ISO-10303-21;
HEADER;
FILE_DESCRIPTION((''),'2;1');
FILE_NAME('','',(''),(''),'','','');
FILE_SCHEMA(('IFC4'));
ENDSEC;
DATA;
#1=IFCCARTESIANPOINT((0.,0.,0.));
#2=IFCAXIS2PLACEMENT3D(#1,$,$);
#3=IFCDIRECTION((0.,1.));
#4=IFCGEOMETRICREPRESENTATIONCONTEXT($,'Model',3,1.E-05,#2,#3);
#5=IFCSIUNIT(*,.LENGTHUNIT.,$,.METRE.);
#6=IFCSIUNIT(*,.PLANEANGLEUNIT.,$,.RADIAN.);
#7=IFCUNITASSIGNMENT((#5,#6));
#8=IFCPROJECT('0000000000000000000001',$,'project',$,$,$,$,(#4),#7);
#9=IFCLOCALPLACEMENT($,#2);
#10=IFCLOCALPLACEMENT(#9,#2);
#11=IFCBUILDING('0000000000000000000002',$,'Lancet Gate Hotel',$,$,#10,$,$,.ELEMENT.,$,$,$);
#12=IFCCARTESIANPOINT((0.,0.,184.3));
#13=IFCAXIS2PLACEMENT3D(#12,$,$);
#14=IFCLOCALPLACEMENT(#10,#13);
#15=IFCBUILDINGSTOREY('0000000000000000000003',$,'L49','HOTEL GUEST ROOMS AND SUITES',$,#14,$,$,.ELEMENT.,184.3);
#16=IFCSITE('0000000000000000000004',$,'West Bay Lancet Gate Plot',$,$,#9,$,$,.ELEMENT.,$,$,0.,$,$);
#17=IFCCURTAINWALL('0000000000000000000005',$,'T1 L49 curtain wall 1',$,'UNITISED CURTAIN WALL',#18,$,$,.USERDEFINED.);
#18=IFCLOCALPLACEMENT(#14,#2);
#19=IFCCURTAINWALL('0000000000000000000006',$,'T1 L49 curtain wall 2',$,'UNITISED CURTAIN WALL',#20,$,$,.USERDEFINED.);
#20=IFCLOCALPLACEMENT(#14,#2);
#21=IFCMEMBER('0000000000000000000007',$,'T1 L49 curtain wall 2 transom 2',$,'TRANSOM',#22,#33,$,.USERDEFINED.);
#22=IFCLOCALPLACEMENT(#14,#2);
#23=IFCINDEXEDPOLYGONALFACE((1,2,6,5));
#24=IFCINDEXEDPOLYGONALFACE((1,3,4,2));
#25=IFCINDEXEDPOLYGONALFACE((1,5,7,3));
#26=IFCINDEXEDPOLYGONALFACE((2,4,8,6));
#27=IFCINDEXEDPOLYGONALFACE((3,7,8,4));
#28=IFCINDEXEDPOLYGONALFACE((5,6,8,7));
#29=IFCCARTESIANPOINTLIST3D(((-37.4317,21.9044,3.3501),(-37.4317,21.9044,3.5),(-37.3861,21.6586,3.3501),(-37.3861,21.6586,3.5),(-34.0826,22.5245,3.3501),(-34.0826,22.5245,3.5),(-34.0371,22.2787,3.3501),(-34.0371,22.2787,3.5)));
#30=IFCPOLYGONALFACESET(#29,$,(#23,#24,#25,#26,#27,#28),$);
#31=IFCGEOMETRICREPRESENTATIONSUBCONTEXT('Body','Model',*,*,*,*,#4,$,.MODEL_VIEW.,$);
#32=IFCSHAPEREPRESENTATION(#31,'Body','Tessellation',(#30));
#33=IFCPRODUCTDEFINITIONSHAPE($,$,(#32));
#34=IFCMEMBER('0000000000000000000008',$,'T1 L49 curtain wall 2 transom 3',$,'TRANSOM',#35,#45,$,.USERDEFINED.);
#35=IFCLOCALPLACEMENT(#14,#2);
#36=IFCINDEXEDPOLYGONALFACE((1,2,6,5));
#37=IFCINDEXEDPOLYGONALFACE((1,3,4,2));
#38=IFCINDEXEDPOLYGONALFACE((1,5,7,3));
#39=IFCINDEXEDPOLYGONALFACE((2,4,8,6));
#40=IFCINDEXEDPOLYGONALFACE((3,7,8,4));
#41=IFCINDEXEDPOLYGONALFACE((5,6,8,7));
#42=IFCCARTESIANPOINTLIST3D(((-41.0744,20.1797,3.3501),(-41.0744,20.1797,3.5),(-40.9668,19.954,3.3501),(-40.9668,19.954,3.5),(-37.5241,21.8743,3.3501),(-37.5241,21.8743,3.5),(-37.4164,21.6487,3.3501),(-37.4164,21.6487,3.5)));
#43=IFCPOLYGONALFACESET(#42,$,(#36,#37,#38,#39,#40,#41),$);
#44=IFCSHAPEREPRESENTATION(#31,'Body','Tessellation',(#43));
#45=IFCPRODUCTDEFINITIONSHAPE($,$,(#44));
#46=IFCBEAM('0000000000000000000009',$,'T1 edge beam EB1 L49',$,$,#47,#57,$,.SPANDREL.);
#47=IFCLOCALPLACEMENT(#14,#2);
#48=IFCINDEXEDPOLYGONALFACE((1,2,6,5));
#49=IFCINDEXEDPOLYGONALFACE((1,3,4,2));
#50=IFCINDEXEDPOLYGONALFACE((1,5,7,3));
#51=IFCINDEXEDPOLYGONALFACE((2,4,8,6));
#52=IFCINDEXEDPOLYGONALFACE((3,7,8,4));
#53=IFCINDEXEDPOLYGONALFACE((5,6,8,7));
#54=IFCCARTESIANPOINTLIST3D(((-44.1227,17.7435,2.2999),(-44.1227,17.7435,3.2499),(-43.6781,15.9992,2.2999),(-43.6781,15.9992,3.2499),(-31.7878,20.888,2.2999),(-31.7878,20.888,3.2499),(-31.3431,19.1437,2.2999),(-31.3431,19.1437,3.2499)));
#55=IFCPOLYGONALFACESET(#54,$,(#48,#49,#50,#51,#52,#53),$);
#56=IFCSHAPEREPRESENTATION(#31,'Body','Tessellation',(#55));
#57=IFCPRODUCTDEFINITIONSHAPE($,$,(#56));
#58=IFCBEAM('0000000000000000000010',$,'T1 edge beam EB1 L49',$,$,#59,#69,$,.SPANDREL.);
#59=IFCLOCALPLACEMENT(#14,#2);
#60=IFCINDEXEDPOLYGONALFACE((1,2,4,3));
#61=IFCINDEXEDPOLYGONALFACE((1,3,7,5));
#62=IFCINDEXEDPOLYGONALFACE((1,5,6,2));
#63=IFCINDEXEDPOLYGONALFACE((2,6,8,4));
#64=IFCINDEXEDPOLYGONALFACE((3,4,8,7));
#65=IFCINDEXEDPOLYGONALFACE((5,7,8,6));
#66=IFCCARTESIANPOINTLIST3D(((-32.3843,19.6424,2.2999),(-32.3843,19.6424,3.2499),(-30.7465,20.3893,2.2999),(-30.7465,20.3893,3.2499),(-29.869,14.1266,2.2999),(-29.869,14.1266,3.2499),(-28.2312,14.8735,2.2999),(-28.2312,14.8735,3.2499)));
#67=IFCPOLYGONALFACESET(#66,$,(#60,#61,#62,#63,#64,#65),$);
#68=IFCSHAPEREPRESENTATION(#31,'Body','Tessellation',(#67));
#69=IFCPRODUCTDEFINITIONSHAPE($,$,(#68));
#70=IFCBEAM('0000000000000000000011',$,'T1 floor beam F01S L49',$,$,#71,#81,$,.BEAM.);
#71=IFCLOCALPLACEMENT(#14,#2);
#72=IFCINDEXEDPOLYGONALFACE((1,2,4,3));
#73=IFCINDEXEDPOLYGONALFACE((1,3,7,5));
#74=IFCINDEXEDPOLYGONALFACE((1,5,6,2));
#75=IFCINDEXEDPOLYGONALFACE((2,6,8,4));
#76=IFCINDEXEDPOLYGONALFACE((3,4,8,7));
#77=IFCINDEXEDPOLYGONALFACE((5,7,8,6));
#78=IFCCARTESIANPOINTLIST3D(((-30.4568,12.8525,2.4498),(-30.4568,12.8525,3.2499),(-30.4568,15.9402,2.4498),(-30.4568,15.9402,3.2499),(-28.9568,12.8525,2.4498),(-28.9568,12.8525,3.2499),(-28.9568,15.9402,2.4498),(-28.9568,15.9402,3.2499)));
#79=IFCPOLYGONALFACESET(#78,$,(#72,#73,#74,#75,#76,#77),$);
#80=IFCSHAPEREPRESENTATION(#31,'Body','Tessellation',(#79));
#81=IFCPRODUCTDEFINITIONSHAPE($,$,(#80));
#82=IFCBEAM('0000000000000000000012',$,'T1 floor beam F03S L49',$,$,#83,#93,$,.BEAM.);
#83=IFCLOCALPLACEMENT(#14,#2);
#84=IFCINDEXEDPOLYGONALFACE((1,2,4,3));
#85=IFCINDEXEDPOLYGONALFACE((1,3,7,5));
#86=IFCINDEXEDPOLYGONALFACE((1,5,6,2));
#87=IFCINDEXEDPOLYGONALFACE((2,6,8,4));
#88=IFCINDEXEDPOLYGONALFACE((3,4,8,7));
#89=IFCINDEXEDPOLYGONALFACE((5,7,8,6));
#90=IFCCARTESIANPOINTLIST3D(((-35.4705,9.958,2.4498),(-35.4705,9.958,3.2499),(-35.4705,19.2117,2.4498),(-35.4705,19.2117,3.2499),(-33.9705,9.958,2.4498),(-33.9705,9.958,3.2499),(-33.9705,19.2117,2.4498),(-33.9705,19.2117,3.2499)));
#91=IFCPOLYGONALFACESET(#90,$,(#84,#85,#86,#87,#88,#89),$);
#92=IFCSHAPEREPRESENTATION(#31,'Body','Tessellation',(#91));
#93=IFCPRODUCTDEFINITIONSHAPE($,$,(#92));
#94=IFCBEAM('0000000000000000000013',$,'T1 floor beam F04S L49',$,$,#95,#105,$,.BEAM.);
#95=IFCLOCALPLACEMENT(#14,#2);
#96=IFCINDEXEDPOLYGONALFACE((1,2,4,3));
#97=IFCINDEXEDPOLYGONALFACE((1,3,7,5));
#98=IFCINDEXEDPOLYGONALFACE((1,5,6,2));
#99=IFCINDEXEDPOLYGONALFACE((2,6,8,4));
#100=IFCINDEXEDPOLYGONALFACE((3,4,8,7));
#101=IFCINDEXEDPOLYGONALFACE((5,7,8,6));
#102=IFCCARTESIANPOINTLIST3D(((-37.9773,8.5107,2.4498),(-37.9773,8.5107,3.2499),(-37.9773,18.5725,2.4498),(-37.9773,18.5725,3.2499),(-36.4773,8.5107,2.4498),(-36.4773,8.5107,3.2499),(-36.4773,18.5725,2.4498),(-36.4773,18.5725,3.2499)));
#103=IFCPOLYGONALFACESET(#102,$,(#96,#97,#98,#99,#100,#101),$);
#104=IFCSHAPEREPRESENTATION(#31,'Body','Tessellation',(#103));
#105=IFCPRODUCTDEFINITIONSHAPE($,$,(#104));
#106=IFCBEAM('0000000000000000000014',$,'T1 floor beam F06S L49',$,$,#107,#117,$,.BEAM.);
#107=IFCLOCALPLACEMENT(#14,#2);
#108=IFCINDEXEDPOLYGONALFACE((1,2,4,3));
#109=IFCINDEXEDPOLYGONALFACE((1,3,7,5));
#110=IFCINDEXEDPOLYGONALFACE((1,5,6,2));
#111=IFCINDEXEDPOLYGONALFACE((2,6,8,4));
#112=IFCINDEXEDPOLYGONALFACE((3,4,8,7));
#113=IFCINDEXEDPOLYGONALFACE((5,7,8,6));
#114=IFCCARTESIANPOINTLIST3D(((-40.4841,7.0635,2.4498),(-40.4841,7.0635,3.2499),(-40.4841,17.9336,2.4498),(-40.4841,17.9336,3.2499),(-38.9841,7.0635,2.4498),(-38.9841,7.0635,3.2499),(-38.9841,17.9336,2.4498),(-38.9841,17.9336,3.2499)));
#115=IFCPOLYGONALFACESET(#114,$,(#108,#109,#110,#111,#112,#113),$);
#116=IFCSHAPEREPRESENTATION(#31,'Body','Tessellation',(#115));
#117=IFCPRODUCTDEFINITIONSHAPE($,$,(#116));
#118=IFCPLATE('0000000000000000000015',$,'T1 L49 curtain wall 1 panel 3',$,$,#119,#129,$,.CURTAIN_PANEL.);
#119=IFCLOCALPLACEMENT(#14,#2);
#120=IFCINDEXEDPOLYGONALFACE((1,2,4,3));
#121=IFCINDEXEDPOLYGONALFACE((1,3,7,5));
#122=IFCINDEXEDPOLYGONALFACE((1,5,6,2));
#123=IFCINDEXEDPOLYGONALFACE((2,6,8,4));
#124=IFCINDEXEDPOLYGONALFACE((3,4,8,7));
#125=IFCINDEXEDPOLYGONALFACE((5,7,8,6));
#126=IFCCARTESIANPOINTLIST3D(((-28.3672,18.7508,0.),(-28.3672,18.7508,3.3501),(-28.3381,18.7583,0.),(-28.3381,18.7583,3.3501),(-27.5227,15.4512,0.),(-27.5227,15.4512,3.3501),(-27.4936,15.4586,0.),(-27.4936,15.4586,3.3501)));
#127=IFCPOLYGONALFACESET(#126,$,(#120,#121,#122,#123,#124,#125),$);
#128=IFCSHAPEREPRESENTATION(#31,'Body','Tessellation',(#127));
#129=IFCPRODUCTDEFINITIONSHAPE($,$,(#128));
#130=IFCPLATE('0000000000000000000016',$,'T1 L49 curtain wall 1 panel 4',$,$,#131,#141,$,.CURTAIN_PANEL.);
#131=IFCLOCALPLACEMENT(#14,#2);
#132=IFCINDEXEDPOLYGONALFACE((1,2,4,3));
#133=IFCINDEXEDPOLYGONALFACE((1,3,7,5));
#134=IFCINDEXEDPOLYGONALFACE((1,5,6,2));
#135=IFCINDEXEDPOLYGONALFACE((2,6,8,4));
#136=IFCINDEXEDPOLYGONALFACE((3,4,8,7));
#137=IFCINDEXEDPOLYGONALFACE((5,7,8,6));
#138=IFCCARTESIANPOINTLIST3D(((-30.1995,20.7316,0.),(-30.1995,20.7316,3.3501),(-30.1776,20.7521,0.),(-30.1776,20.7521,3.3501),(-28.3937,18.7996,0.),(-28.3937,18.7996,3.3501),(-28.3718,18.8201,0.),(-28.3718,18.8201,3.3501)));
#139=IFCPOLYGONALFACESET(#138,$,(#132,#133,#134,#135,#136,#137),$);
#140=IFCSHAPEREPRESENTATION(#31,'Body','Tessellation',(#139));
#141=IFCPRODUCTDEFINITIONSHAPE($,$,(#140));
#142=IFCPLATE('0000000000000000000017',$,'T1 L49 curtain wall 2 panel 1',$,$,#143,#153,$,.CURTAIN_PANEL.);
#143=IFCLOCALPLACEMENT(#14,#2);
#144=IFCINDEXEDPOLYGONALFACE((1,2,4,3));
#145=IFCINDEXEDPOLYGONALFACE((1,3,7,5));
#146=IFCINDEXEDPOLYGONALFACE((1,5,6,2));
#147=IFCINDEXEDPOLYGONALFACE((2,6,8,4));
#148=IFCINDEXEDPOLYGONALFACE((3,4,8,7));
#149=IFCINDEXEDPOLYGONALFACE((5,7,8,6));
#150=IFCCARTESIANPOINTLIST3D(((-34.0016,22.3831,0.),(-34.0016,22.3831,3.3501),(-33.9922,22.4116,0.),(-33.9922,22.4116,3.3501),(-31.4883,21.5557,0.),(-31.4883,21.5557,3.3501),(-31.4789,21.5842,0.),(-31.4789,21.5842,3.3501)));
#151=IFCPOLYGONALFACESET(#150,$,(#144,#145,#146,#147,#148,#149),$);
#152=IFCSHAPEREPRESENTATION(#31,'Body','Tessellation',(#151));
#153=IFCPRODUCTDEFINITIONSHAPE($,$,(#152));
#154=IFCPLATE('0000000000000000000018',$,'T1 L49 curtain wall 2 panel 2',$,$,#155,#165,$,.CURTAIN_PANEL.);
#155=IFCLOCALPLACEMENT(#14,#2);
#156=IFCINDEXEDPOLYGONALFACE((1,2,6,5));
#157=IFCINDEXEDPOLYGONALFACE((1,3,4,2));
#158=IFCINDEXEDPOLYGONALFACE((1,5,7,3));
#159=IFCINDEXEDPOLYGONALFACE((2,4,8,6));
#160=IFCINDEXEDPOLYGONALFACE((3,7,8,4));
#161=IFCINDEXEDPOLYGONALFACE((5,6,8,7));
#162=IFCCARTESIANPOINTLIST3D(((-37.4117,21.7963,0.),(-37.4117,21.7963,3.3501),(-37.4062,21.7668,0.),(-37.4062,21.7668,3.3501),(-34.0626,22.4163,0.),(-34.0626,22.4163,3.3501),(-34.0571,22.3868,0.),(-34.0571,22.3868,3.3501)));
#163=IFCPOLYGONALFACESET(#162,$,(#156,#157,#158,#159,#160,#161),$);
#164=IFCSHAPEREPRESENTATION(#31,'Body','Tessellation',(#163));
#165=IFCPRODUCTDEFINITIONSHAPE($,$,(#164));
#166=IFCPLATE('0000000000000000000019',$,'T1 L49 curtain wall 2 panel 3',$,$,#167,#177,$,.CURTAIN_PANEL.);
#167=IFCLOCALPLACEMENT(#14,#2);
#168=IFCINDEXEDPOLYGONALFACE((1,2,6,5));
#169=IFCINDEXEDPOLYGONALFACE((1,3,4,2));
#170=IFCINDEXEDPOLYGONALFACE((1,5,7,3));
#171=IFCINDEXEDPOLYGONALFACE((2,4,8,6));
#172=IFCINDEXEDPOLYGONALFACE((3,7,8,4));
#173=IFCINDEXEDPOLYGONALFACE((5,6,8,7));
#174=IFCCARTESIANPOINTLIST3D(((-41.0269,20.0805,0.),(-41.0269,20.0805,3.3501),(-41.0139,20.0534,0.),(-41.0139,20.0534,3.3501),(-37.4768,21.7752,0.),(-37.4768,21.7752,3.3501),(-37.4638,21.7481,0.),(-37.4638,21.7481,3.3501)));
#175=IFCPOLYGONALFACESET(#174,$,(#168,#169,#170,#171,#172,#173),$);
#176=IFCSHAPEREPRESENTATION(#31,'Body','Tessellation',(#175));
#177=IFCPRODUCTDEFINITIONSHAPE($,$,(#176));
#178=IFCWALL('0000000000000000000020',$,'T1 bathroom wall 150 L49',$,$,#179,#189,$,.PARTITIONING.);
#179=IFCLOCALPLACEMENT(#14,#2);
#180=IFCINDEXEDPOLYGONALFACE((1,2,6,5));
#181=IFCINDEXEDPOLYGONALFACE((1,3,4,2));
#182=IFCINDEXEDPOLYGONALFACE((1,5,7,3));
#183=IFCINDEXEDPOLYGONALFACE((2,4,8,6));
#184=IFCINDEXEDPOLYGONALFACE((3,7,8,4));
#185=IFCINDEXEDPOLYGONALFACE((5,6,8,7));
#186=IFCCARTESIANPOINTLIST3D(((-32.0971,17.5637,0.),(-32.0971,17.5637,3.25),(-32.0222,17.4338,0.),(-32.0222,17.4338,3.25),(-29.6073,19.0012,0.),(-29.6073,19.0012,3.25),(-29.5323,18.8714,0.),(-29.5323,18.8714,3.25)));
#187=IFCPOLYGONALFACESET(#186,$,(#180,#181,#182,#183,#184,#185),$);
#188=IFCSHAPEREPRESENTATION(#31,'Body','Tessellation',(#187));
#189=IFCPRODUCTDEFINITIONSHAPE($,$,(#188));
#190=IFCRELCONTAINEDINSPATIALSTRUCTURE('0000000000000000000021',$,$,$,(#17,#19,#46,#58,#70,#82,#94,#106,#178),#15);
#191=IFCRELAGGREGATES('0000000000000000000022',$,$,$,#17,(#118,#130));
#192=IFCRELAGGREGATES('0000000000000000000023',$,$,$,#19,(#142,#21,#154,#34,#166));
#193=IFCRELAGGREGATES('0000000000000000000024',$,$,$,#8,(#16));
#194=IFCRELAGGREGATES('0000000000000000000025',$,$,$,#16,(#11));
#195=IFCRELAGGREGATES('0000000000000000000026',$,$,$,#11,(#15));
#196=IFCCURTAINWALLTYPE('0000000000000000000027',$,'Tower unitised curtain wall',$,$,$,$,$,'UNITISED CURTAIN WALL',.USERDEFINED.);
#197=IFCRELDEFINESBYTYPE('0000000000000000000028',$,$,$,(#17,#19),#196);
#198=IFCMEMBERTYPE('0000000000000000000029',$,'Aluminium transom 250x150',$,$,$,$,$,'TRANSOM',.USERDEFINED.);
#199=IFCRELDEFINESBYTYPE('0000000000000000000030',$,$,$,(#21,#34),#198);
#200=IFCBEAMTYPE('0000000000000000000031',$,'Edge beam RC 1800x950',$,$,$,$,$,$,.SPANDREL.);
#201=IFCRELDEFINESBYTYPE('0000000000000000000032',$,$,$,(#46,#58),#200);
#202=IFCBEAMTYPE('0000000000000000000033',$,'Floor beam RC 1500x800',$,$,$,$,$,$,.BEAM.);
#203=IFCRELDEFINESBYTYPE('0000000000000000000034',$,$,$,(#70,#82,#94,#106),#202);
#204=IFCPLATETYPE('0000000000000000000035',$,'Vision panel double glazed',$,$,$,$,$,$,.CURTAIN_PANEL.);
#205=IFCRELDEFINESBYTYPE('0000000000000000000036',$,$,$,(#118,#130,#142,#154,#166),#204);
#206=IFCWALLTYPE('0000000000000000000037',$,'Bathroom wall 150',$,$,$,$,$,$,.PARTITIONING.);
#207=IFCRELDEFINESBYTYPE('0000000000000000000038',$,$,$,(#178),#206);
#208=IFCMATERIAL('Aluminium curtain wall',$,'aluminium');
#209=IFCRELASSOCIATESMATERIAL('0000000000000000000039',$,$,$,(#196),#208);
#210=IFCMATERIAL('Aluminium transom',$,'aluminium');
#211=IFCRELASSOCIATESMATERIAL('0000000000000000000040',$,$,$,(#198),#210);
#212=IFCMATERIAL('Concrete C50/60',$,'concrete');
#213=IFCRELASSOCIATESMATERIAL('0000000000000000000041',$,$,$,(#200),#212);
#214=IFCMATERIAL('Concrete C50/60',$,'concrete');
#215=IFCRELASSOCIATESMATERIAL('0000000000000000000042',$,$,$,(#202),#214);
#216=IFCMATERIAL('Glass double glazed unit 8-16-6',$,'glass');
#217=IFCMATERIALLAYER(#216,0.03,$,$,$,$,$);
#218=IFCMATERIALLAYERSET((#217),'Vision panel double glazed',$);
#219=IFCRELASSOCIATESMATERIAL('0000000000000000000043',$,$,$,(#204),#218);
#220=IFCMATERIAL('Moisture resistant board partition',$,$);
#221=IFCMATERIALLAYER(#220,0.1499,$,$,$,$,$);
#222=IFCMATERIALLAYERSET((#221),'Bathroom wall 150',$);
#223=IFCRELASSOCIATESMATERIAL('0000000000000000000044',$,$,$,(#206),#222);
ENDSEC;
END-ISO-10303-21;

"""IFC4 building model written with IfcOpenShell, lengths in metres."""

from ifc_helpers import new_model, si_unit, direction, frame, frame_2d, origin, origin_2d, place, context, subcontext, project, spatial, rectangle, extrude, material, layer, layer_set, material_profile, profile_set, type_object, element, aggregate, save


model = new_model("IFC4")

# Units and contexts
model_context = context("Model", 3, precision=1e-05, world=origin(), true_north=direction((0.0, 1.0)))
body_context = subcontext(model_context, "Body", "Model", "MODEL_VIEW")
ifc_project = project(units=[si_unit("LENGTHUNIT", "METRE"), si_unit("PLANEANGLEUNIT", "RADIAN")], contexts=[model_context])

# Site, building, storey
site_placement = place(None, origin())
site = spatial("IfcSite", under=ifc_project, at=site_placement, Name="West Bay Lancet Gate Plot", CompositionType="ELEMENT", RefElevation=0.0)
building_placement = place(site_placement, origin())
building = spatial("IfcBuilding", under=site, at=building_placement, Name="Lancet Gate Hotel", CompositionType="ELEMENT")
storey_placement = place(building_placement, frame((0.0, 0.0, 184.3)))
storey = spatial("IfcBuildingStorey", under=building, at=storey_placement, Name="L49", Description="HOTEL GUEST ROOMS AND SUITES", CompositionType="ELEMENT", Elevation=184.3)

# Curtain walls
ifc_material_1 = material(Name="Aluminium curtain wall", Category="aluminium")
curtain_wall_type = type_object("IfcCurtainWallType", Name="Tower unitised curtain wall", ElementType="UNITISED CURTAIN WALL", PredefinedType="USERDEFINED", material=ifc_material_1)
curtain_wall_1_placement = place(storey_placement, origin())
curtain_wall_1 = element("IfcCurtainWall", 1, at=curtain_wall_1_placement, inside=storey, type_object=curtain_wall_type, Name="T1 L49 curtain wall 1", ObjectType="UNITISED CURTAIN WALL", PredefinedType="USERDEFINED")
curtain_wall_2_placement = place(storey_placement, origin())
curtain_wall_2 = element("IfcCurtainWall", 2, at=curtain_wall_2_placement, inside=storey, type_object=curtain_wall_type, Name="T1 L49 curtain wall 2", ObjectType="UNITISED CURTAIN WALL", PredefinedType="USERDEFINED")

# Members
ifc_material_2 = material(Name="Aluminium transom", Category="aluminium")
ifc_material_profile_1 = material_profile(ifc_material_2, rectangle(XDim=0.25, YDim=0.1499, at=origin_2d()), Name="TRANSOM 250x150")
ifc_profile_set_1 = profile_set([ifc_material_profile_1], Name="Aluminium transom")
member_type_1 = type_object("IfcMemberType", Name="Aluminium transom 250x150", ElementType="TRANSOM", PredefinedType="USERDEFINED", material=ifc_profile_set_1)
member_1_placement = place(storey_placement, frame((-34.0598, 22.4016, 3.425), z_axis=(-0.983287, -0.182064, 0.0), x_axis=(0.182064, -0.983287, 0.0)))
member_1 = element("IfcMember", 3, at=member_1_placement, type_object=member_type_1, Name="T1 L49 curtain wall 2 transom 2", ObjectType="TRANSOM", PredefinedType="USERDEFINED", context=body_context, shape_type="SweptSolid", body=[
    extrude(rectangle(XDim=0.25, YDim=0.1499, at=origin_2d()), origin(), (0.0, 0.0, 1.0), 3.406),
])
member_2_placement = place(storey_placement, frame((-37.4702, 21.7615, 3.425), z_axis=(-0.902469, -0.430755, 0.0), x_axis=(0.430755, -0.902469, 0.0)))
member_2 = element("IfcMember", 4, at=member_2_placement, type_object=member_type_1, Name="T1 L49 curtain wall 2 transom 3", ObjectType="TRANSOM", PredefinedType="USERDEFINED", context=body_context, shape_type="SweptSolid", body=[
    extrude(rectangle(XDim=0.25, YDim=0.1499, at=origin_2d()), origin(), (0.0, 0.0, 1.0), 3.9341),
])

# Beams
ifc_material_3 = material(Name="Concrete C50/60", Category="concrete")
ifc_material_profile_2 = material_profile(ifc_material_3, rectangle(XDim=1.8, YDim=0.95, at=origin_2d()), Name="RC 1800x950")
ifc_profile_set_2 = profile_set([ifc_material_profile_2], Name="Concrete C50/60")
beam_type_1 = type_object("IfcBeamType", Name="Edge beam RC 1800x950", PredefinedType="SPANDREL", material=ifc_profile_set_2)
beam_1_placement = place(storey_placement, frame((-31.5654, 20.0159, 2.7749), z_axis=(-0.969008, -0.247028, 0.0), x_axis=(0.247028, -0.969008, 0.0)))
element("IfcBeam", 5, at=beam_1_placement, inside=storey, type_object=beam_type_1, Name="T1 edge beam EB1 L49", PredefinedType="SPANDREL", context=body_context, shape_type="SweptSolid", body=[
    extrude(rectangle(XDim=1.8, YDim=0.95, at=origin_2d()), origin(), (0.0, 0.0, 1.0), 12.7295),
])
beam_2_placement = place(storey_placement, frame((-31.5654, 20.0159, 2.7749), z_axis=(0.414919, -0.909858, 0.0), x_axis=(0.909858, 0.414919, 0.0)))
element("IfcBeam", 6, at=beam_2_placement, inside=storey, type_object=beam_type_1, Name="T1 edge beam EB1 L49", PredefinedType="SPANDREL", context=body_context, shape_type="SweptSolid", body=[
    extrude(rectangle(XDim=1.8, YDim=0.95, at=origin_2d()), origin(), (0.0, 0.0, 1.0), 6.0623),
])
ifc_material_4 = material(Name="Concrete C50/60", Category="concrete")
ifc_material_profile_3 = material_profile(ifc_material_4, rectangle(XDim=1.5, YDim=0.8, at=origin_2d()), Name="RC 1500x800")
ifc_profile_set_3 = profile_set([ifc_material_profile_3], Name="Concrete C50/60")
beam_type_2 = type_object("IfcBeamType", Name="Floor beam RC 1500x800", PredefinedType="BEAM", material=ifc_profile_set_3)
beam_3_placement = place(storey_placement, frame((-29.7068, 15.9402, 2.8499), z_axis=(0.0, -1.0, 0.0), x_axis=(1.0, 0.0, 0.0)))
element("IfcBeam", 7, at=beam_3_placement, inside=storey, type_object=beam_type_2, Name="T1 floor beam F01S L49", PredefinedType="BEAM", context=body_context, shape_type="SweptSolid", body=[
    extrude(rectangle(XDim=1.5, YDim=0.8, at=origin_2d()), origin(), (0.0, 0.0, 1.0), 3.0876),
])
beam_4_placement = place(storey_placement, frame((-34.7205, 19.2117, 2.8499), z_axis=(0.0, -1.0, 0.0), x_axis=(1.0, 0.0, 0.0)))
element("IfcBeam", 8, at=beam_4_placement, inside=storey, type_object=beam_type_2, Name="T1 floor beam F03S L49", PredefinedType="BEAM", context=body_context, shape_type="SweptSolid", body=[
    extrude(rectangle(XDim=1.5, YDim=0.8, at=origin_2d()), origin(), (0.0, 0.0, 1.0), 9.2537),
])
beam_5_placement = place(storey_placement, frame((-37.2273, 18.5725, 2.8499), z_axis=(0.0, -1.0, 0.0), x_axis=(1.0, 0.0, 0.0)))
element("IfcBeam", 9, at=beam_5_placement, inside=storey, type_object=beam_type_2, Name="T1 floor beam F04S L49", PredefinedType="BEAM", context=body_context, shape_type="SweptSolid", body=[
    extrude(rectangle(XDim=1.5, YDim=0.8, at=origin_2d()), origin(), (0.0, 0.0, 1.0), 10.0618),
])
beam_6_placement = place(storey_placement, frame((-39.7341, 17.9336, 2.8499), z_axis=(0.0, -1.0, 0.0), x_axis=(1.0, 0.0, 0.0)))
element("IfcBeam", 10, at=beam_6_placement, inside=storey, type_object=beam_type_2, Name="T1 floor beam F06S L49", PredefinedType="BEAM", context=body_context, shape_type="SweptSolid", body=[
    extrude(rectangle(XDim=1.5, YDim=0.8, at=origin_2d()), origin(), (0.0, 0.0, 1.0), 10.8701),
])

# Plates
ifc_material_5 = material(Name="Glass double glazed unit 8-16-6", Category="glass")
ifc_layer_1 = layer(ifc_material_5, 0.03)
ifc_layer_set_1 = layer_set([ifc_layer_1], Name="Vision panel double glazed")
plate_type = type_object("IfcPlateType", Name="Vision panel double glazed", PredefinedType="CURTAIN_PANEL", material=ifc_layer_set_1)
plate_1_placement = place(storey_placement, frame((-27.9304, 17.1047, 0.0), z_axis=(0.0, 0.0, 1.0), x_axis=(-0.247937, 0.968776, 0.0)))
plate_1 = element("IfcPlate", 11, at=plate_1_placement, type_object=plate_type, Name="T1 L49 curtain wall 1 panel 3", PredefinedType="CURTAIN_PANEL", context=body_context, shape_type="SweptSolid", body=[
    extrude(rectangle(XDim=3.406, YDim=0.03, at=origin_2d()), origin(), (0.0, 0.0, 1.0), 3.3501),
])
plate_2_placement = place(storey_placement, frame((-29.2856, 19.7759, 0.0), z_axis=(0.0, 0.0, 1.0), x_axis=(-0.682845, 0.730563, 0.0)))
plate_2 = element("IfcPlate", 12, at=plate_2_placement, type_object=plate_type, Name="T1 L49 curtain wall 1 panel 4", PredefinedType="CURTAIN_PANEL", context=body_context, shape_type="SweptSolid", body=[
    extrude(rectangle(XDim=2.6445, YDim=0.03, at=origin_2d()), origin(), (0.0, 0.0, 1.0), 3.3501),
])
aggregate(curtain_wall_1, [plate_1, plate_2])
plate_3_placement = place(storey_placement, frame((-32.7402, 21.9836, 0.0), z_axis=(0.0, 0.0, 1.0), x_axis=(-0.949848, 0.312712, 0.0)))
plate_3 = element("IfcPlate", 13, at=plate_3_placement, type_object=plate_type, Name="T1 L49 curtain wall 2 panel 1", PredefinedType="CURTAIN_PANEL", context=body_context, shape_type="SweptSolid", body=[
    extrude(rectangle(XDim=2.646, YDim=0.03, at=origin_2d()), origin(), (0.0, 0.0, 1.0), 3.3501),
])
plate_4_placement = place(storey_placement, frame((-35.7344, 22.0916, 0.0), z_axis=(0.0, 0.0, 1.0), x_axis=(-0.983292, -0.182033, 0.0)))
plate_4 = element("IfcPlate", 14, at=plate_4_placement, type_object=plate_type, Name="T1 L49 curtain wall 2 panel 2", PredefinedType="CURTAIN_PANEL", context=body_context, shape_type="SweptSolid", body=[
    extrude(rectangle(XDim=3.406, YDim=0.03, at=origin_2d()), origin(), (0.0, 0.0, 1.0), 3.3501),
])
plate_5_placement = place(storey_placement, frame((-39.2454, 20.9143, 0.0), z_axis=(0.0, 0.0, 1.0), x_axis=(-0.902454, -0.430787, 0.0)))
plate_5 = element("IfcPlate", 15, at=plate_5_placement, type_object=plate_type, Name="T1 L49 curtain wall 2 panel 3", PredefinedType="CURTAIN_PANEL", context=body_context, shape_type="SweptSolid", body=[
    extrude(rectangle(XDim=3.9338, YDim=0.03, at=origin_2d()), origin(), (0.0, 0.0, 1.0), 3.3501),
])
aggregate(curtain_wall_2, [plate_3, member_1, plate_4, member_2, plate_5])

# Wall
ifc_material_6 = material(Name="Moisture resistant board partition")
ifc_layer_2 = layer(ifc_material_6, 0.1499)
ifc_layer_set_2 = layer_set([ifc_layer_2], Name="Bathroom wall 150")
wall_type_1 = type_object("IfcWallType", Name="Bathroom wall 150", PredefinedType="PARTITIONING", material=ifc_layer_set_2)
wall_1_placement = place(storey_placement, frame((-29.5698, 18.9363, 0.0), z_axis=(0.0, 0.0, 1.0), x_axis=(-0.866019, -0.500012, 0.0)))
element("IfcWall", 16, at=wall_1_placement, inside=storey, type_object=wall_type_1, Name="T1 bathroom wall 150 L49", PredefinedType="PARTITIONING", context=body_context, shape_type="SweptSolid", body=[
    extrude(rectangle(XDim=2.875, YDim=0.1499, at=frame_2d((1.4375, 0.0))), origin(), (0.0, 0.0, 1.0), 3.25),
])

save(model, "model.ifc")
